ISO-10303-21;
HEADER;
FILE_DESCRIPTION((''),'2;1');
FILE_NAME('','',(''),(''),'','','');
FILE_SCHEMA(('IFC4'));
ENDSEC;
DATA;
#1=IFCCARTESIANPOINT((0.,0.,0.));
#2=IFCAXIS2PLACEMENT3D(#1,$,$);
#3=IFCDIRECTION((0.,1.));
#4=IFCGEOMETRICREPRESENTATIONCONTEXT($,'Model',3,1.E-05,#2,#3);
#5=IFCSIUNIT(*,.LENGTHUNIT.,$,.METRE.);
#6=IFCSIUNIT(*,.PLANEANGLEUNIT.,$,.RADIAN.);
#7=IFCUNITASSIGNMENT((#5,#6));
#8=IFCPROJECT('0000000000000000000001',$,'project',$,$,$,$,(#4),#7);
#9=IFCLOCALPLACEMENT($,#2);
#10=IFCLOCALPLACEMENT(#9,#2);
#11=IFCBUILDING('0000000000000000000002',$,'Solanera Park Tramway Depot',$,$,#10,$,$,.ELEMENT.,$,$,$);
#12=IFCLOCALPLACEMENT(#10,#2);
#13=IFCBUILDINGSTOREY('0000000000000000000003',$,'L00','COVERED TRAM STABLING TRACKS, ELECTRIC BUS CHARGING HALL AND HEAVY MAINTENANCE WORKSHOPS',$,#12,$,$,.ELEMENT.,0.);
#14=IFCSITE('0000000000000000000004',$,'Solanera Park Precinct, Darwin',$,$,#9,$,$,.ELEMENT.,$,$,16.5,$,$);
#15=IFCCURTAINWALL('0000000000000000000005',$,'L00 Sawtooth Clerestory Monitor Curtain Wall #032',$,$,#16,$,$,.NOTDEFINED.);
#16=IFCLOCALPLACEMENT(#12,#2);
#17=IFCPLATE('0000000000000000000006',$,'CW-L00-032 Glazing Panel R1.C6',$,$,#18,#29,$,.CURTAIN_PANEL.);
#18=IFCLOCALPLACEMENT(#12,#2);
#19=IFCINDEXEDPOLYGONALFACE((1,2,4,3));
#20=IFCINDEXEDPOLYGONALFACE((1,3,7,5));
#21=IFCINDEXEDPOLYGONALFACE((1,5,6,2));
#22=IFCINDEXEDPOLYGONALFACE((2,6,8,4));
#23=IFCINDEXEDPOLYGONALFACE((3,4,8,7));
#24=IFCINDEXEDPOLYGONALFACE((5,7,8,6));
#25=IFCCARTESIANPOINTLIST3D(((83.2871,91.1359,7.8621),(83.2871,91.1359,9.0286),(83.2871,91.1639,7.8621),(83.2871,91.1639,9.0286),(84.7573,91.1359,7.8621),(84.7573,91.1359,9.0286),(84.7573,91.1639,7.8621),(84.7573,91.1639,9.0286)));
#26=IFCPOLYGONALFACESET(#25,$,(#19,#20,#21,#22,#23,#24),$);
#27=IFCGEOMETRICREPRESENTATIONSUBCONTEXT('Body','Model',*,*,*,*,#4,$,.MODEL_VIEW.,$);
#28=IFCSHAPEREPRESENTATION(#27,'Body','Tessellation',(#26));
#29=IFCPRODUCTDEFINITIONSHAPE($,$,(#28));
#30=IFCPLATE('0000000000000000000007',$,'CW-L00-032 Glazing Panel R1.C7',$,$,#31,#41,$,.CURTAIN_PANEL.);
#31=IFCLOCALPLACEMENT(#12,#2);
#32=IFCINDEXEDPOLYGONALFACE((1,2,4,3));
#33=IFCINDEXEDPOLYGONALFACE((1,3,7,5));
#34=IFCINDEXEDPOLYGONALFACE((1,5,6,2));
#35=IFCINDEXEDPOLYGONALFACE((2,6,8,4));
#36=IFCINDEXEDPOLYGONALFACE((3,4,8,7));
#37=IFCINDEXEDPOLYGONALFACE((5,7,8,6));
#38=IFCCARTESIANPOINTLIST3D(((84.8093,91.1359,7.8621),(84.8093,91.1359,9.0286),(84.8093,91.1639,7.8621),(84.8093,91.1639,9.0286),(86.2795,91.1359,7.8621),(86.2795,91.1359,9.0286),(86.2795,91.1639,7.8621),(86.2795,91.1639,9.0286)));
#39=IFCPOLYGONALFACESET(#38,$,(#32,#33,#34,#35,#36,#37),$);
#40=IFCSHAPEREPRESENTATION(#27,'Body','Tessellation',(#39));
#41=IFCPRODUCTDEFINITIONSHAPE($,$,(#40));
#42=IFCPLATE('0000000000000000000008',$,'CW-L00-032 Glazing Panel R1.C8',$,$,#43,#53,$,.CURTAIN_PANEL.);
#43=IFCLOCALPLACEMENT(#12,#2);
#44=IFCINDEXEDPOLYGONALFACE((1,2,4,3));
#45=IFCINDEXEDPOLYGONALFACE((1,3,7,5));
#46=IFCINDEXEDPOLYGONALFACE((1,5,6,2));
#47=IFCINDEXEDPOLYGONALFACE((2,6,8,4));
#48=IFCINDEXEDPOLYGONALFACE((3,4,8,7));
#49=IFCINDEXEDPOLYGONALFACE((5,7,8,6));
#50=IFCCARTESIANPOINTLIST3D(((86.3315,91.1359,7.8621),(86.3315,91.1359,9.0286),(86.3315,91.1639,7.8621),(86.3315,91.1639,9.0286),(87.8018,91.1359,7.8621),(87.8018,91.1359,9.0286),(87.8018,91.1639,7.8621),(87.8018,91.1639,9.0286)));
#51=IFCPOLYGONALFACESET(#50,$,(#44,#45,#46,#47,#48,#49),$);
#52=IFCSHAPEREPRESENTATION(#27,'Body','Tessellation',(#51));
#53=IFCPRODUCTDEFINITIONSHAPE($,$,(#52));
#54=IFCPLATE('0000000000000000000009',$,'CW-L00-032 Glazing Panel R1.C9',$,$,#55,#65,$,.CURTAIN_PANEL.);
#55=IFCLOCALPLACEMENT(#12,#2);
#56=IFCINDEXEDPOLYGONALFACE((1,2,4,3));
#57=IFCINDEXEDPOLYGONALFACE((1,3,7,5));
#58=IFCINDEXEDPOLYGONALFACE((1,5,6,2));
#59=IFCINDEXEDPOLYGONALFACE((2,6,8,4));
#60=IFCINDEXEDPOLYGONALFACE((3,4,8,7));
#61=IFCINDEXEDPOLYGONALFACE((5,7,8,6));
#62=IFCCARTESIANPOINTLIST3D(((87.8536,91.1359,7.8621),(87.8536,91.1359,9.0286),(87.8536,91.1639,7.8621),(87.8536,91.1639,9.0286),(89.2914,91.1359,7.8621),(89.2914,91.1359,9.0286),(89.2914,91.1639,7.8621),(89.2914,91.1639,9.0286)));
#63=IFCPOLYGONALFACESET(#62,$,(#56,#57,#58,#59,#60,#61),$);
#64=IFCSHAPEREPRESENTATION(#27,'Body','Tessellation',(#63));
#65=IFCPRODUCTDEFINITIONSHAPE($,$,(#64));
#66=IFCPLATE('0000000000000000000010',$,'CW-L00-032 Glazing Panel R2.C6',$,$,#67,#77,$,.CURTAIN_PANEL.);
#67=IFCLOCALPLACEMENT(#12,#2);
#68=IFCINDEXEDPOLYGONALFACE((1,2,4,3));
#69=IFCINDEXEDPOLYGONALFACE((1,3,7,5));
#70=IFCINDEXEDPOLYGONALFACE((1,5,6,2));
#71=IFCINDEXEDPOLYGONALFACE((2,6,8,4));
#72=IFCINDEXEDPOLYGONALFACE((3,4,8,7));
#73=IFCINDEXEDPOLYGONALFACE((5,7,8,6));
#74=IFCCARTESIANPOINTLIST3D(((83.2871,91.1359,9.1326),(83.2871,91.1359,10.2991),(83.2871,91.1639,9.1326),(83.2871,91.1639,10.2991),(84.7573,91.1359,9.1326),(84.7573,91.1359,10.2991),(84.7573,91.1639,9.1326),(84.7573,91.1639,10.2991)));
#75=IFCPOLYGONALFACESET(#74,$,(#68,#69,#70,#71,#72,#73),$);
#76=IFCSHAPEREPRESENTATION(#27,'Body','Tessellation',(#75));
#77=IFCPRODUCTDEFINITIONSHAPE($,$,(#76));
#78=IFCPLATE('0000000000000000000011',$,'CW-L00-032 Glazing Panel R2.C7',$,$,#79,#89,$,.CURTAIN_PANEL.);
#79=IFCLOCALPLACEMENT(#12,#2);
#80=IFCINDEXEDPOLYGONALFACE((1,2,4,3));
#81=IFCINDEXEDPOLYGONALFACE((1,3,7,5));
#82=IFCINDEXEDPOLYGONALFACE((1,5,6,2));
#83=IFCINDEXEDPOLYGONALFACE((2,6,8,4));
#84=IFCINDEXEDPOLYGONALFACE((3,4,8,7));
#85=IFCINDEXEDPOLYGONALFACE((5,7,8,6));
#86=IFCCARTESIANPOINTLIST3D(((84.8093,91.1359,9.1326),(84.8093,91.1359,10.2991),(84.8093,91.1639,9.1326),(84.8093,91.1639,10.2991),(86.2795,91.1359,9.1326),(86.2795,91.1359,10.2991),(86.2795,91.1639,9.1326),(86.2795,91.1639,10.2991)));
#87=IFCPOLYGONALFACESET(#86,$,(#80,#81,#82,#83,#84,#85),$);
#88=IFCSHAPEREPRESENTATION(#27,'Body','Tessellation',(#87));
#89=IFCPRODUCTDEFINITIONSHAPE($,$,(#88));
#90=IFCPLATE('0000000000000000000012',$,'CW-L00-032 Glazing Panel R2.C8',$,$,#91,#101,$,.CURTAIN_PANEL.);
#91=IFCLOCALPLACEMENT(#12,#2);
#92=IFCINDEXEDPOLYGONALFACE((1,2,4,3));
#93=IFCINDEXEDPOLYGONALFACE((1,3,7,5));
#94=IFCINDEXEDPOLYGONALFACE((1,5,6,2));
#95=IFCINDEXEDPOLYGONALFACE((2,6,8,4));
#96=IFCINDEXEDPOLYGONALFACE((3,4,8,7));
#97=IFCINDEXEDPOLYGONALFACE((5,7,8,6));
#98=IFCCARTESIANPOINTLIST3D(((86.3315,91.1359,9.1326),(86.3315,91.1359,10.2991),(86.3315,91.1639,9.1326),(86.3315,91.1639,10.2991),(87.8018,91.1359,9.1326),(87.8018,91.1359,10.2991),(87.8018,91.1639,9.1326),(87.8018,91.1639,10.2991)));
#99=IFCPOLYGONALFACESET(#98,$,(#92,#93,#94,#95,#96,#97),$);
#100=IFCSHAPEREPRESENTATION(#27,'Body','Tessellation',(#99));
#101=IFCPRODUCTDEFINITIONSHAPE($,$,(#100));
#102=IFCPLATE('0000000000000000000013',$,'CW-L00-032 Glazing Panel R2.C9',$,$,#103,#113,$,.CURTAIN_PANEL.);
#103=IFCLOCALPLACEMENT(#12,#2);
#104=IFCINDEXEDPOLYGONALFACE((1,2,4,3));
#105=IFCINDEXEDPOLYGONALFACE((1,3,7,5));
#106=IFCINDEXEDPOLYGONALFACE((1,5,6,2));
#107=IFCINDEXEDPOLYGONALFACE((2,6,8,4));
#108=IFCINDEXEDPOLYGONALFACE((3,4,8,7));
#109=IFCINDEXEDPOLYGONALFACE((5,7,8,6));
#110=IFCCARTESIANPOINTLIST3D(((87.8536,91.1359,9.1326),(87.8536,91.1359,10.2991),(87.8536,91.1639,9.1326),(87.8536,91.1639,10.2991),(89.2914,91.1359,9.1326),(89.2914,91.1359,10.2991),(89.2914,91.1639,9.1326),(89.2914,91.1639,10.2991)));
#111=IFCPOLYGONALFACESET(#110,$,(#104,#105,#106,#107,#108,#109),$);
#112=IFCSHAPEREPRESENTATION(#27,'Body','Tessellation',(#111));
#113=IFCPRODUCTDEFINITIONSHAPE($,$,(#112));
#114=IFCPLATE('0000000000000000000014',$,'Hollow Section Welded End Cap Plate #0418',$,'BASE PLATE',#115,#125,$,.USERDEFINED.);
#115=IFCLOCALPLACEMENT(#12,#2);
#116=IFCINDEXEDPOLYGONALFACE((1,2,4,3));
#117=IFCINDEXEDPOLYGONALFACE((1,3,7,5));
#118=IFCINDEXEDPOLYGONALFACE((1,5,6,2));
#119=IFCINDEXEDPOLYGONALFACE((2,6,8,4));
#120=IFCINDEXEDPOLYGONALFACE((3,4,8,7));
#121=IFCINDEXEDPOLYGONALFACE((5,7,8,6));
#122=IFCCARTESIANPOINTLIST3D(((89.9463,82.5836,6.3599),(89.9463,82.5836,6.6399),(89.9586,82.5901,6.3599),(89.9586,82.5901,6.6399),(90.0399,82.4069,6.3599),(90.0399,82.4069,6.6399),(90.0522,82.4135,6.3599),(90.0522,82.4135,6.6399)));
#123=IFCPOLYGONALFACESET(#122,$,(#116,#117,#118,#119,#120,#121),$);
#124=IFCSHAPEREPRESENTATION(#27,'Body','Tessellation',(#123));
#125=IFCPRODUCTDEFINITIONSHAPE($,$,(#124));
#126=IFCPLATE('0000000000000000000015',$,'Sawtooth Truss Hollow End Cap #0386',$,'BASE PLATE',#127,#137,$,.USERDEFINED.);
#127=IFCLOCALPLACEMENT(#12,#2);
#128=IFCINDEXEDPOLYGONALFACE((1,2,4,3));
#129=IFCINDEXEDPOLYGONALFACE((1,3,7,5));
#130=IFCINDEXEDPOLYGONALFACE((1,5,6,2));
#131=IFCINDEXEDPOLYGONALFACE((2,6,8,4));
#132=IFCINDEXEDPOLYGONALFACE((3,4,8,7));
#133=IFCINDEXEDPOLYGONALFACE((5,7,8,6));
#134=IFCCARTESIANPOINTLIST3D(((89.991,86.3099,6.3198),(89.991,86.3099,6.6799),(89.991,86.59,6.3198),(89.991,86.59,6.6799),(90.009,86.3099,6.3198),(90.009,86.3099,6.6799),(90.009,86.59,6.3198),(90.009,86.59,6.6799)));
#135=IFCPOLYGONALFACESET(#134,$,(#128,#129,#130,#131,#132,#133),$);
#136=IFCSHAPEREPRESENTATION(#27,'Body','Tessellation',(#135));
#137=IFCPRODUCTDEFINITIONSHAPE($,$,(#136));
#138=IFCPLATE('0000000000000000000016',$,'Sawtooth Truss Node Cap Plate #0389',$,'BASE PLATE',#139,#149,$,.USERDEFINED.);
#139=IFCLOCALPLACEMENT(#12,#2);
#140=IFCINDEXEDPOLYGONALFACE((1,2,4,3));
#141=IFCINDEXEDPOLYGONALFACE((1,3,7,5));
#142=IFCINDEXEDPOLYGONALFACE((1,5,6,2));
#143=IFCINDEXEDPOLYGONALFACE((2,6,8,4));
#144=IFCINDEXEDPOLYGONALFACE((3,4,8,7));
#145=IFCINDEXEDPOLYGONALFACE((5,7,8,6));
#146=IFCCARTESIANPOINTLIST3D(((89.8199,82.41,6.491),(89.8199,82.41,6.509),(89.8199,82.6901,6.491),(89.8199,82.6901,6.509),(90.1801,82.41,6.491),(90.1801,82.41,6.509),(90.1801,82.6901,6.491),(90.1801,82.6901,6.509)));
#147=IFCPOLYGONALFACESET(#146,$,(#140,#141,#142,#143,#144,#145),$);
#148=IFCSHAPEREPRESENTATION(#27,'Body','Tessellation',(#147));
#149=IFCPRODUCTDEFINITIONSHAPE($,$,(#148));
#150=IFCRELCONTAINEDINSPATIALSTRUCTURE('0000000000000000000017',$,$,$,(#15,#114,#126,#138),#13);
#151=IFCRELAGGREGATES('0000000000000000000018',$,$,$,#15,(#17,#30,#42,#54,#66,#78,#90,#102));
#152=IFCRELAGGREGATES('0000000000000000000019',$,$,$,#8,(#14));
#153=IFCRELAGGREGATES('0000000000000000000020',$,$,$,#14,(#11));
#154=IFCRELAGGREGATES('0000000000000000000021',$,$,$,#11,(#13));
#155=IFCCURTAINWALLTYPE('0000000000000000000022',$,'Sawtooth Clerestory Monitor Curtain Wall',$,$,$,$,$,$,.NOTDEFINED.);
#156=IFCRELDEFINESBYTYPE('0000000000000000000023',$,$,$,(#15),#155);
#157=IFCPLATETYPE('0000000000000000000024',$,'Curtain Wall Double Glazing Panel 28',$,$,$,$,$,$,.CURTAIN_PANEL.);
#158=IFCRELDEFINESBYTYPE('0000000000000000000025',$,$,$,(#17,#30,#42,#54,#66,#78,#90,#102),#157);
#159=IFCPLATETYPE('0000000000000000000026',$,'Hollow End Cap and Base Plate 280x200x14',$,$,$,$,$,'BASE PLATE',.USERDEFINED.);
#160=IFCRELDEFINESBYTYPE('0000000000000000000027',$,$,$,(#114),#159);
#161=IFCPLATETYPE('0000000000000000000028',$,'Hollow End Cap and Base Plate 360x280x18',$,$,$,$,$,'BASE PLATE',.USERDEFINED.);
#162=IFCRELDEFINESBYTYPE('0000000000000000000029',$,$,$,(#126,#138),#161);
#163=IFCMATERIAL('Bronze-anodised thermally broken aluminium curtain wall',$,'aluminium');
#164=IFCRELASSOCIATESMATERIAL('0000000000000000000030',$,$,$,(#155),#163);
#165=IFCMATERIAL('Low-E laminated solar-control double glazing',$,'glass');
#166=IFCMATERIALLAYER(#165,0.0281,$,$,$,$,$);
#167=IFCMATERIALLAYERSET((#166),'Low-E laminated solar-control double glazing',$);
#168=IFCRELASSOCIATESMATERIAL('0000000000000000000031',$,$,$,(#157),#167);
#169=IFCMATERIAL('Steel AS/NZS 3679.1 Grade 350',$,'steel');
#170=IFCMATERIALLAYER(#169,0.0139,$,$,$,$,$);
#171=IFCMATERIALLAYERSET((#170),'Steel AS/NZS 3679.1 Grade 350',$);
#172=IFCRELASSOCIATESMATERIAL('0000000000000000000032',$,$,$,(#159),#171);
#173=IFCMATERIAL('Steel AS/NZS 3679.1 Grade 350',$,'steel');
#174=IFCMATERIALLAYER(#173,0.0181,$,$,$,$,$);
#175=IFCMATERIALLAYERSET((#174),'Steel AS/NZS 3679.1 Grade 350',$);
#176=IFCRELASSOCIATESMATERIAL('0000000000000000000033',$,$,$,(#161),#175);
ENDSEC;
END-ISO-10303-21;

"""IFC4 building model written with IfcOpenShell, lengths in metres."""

from ifc_helpers import new_model, si_unit, direction, frame, origin, origin_2d, place, context, subcontext, project, spatial, rectangle, extrude, material, layer, layer_set, type_object, element, aggregate, save


model = new_model("IFC4")

# Units and contexts
model_context = context("Model", 3, precision=1e-05, world=origin(), true_north=direction((0.0, 1.0)))
body_context = subcontext(model_context, "Body", "Model", "MODEL_VIEW")
ifc_project = project(units=[si_unit("LENGTHUNIT", "METRE"), si_unit("PLANEANGLEUNIT", "RADIAN")], contexts=[model_context])

# Site, building, storey
site_placement = place(None, origin())
site = spatial("IfcSite", under=ifc_project, at=site_placement, Name="Solanera Park Precinct, Darwin", CompositionType="ELEMENT", RefElevation=16.5)
building_placement = place(site_placement, origin())
building = spatial("IfcBuilding", under=site, at=building_placement, Name="Solanera Park Tramway Depot", CompositionType="ELEMENT")
storey_placement = place(building_placement, origin())
storey = spatial("IfcBuildingStorey", under=building, at=storey_placement, Name="L00", Description="COVERED TRAM STABLING TRACKS, ELECTRIC BUS CHARGING HALL AND HEAVY MAINTENANCE WORKSHOPS", CompositionType="ELEMENT", Elevation=0.0)

# Curtain wall
ifc_material_1 = material(Name="Bronze-anodised thermally broken aluminium curtain wall", Category="aluminium")
curtain_wall_type = type_object("IfcCurtainWallType", Name="Sawtooth Clerestory Monitor Curtain Wall", PredefinedType="NOTDEFINED", material=ifc_material_1)
curtain_wall_placement = place(storey_placement, origin())
curtain_wall = element("IfcCurtainWall", 1, at=curtain_wall_placement, inside=storey, type_object=curtain_wall_type, Name="L00 Sawtooth Clerestory Monitor Curtain Wall #032", PredefinedType="NOTDEFINED")

# Plates
ifc_material_2 = material(Name="Low-E laminated solar-control double glazing", Category="glass")
ifc_layer_1 = layer(ifc_material_2, 0.0281)
ifc_layer_set_1 = layer_set([ifc_layer_1], Name="Low-E laminated solar-control double glazing")
plate_type_1 = type_object("IfcPlateType", Name="Curtain Wall Double Glazing Panel 28", PredefinedType="CURTAIN_PANEL", material=ifc_layer_set_1)
plate_1_placement = place(storey_placement, frame((84.0222, 91.1499, 7.8621), z_axis=(0.0, 0.0, 1.0), x_axis=(1.0, 0.0, 0.0)))
plate_1 = element("IfcPlate", 2, at=plate_1_placement, type_object=plate_type_1, Name="CW-L00-032 Glazing Panel R1.C6", PredefinedType="CURTAIN_PANEL", context=body_context, shape_type="SweptSolid", body=[
    extrude(rectangle(XDim=1.4702, YDim=0.0281, at=origin_2d()), origin(), (0.0, 0.0, 1.0), 1.1665),
])
plate_2_placement = place(storey_placement, frame((85.5444, 91.1499, 7.8621), z_axis=(0.0, 0.0, 1.0), x_axis=(1.0, 0.0, 0.0)))
plate_2 = element("IfcPlate", 3, at=plate_2_placement, type_object=plate_type_1, Name="CW-L00-032 Glazing Panel R1.C7", PredefinedType="CURTAIN_PANEL", context=body_context, shape_type="SweptSolid", body=[
    extrude(rectangle(XDim=1.4702, YDim=0.0281, at=origin_2d()), origin(), (0.0, 0.0, 1.0), 1.1665),
])
plate_3_placement = place(storey_placement, frame((87.0667, 91.1499, 7.8621), z_axis=(0.0, 0.0, 1.0), x_axis=(1.0, 0.0, 0.0)))
plate_3 = element("IfcPlate", 4, at=plate_3_placement, type_object=plate_type_1, Name="CW-L00-032 Glazing Panel R1.C8", PredefinedType="CURTAIN_PANEL", context=body_context, shape_type="SweptSolid", body=[
    extrude(rectangle(XDim=1.4702, YDim=0.0281, at=origin_2d()), origin(), (0.0, 0.0, 1.0), 1.1665),
])
plate_4_placement = place(storey_placement, frame((88.5725, 91.1499, 7.8621), z_axis=(0.0, 0.0, 1.0), x_axis=(1.0, 0.0, 0.0)))
plate_4 = element("IfcPlate", 5, at=plate_4_placement, type_object=plate_type_1, Name="CW-L00-032 Glazing Panel R1.C9", PredefinedType="CURTAIN_PANEL", context=body_context, shape_type="SweptSolid", body=[
    extrude(rectangle(XDim=1.4377, YDim=0.0281, at=origin_2d()), origin(), (0.0, 0.0, 1.0), 1.1665),
])
plate_5_placement = place(storey_placement, frame((84.0222, 91.1499, 9.1326), z_axis=(0.0, 0.0, 1.0), x_axis=(1.0, 0.0, 0.0)))
plate_5 = element("IfcPlate", 6, at=plate_5_placement, type_object=plate_type_1, Name="CW-L00-032 Glazing Panel R2.C6", PredefinedType="CURTAIN_PANEL", context=body_context, shape_type="SweptSolid", body=[
    extrude(rectangle(XDim=1.4702, YDim=0.0281, at=origin_2d()), origin(), (0.0, 0.0, 1.0), 1.1665),
])
plate_6_placement = place(storey_placement, frame((85.5444, 91.1499, 9.1326), z_axis=(0.0, 0.0, 1.0), x_axis=(1.0, 0.0, 0.0)))
plate_6 = element("IfcPlate", 7, at=plate_6_placement, type_object=plate_type_1, Name="CW-L00-032 Glazing Panel R2.C7", PredefinedType="CURTAIN_PANEL", context=body_context, shape_type="SweptSolid", body=[
    extrude(rectangle(XDim=1.4702, YDim=0.0281, at=origin_2d()), origin(), (0.0, 0.0, 1.0), 1.1665),
])
plate_7_placement = place(storey_placement, frame((87.0667, 91.1499, 9.1326), z_axis=(0.0, 0.0, 1.0), x_axis=(1.0, 0.0, 0.0)))
plate_7 = element("IfcPlate", 8, at=plate_7_placement, type_object=plate_type_1, Name="CW-L00-032 Glazing Panel R2.C8", PredefinedType="CURTAIN_PANEL", context=body_context, shape_type="SweptSolid", body=[
    extrude(rectangle(XDim=1.4702, YDim=0.0281, at=origin_2d()), origin(), (0.0, 0.0, 1.0), 1.1665),
])
plate_8_placement = place(storey_placement, frame((88.5725, 91.1499, 9.1326), z_axis=(0.0, 0.0, 1.0), x_axis=(1.0, 0.0, 0.0)))
plate_8 = element("IfcPlate", 9, at=plate_8_placement, type_object=plate_type_1, Name="CW-L00-032 Glazing Panel R2.C9", PredefinedType="CURTAIN_PANEL", context=body_context, shape_type="SweptSolid", body=[
    extrude(rectangle(XDim=1.4377, YDim=0.0281, at=origin_2d()), origin(), (0.0, 0.0, 1.0), 1.1665),
])
aggregate(curtain_wall, [plate_1, plate_2, plate_3, plate_4, plate_5, plate_6, plate_7, plate_8])

# Plates
ifc_material_3 = material(Name="Steel AS/NZS 3679.1 Grade 350", Category="steel")
ifc_layer_2 = layer(ifc_material_3, 0.0139)
ifc_layer_set_2 = layer_set([ifc_layer_2], Name="Steel AS/NZS 3679.1 Grade 350")
plate_type_2 = type_object("IfcPlateType", Name="Hollow End Cap and Base Plate 280x200x14", ElementType="BASE PLATE", PredefinedType="USERDEFINED", material=ifc_layer_set_2)
plate_9_placement = place(storey_placement, frame((89.9993, 82.4985, 6.3599), z_axis=(0.0, 0.0, 1.0), x_axis=(0.883521, 0.468392, 0.0)))
element("IfcPlate", 10, at=plate_9_placement, inside=storey, type_object=plate_type_2, Name="Hollow Section Welded End Cap Plate #0418", ObjectType="BASE PLATE", PredefinedType="USERDEFINED", context=body_context, shape_type="SweptSolid", body=[
    extrude(rectangle(XDim=0.0139, YDim=0.2, at=origin_2d()), origin(), (0.0, 0.0, 1.0), 0.28),
])
ifc_material_4 = material(Name="Steel AS/NZS 3679.1 Grade 350", Category="steel")
ifc_layer_3 = layer(ifc_material_4, 0.0181)
ifc_layer_set_3 = layer_set([ifc_layer_3], Name="Steel AS/NZS 3679.1 Grade 350")
plate_type_3 = type_object("IfcPlateType", Name="Hollow End Cap and Base Plate 360x280x18", ElementType="BASE PLATE", PredefinedType="USERDEFINED", material=ifc_layer_set_3)
plate_10_placement = place(storey_placement, frame((90.0, 86.45, 6.3198), z_axis=(0.0, 0.0, 1.0), x_axis=(1.0, 0.0, 0.0)))
element("IfcPlate", 11, at=plate_10_placement, inside=storey, type_object=plate_type_3, Name="Sawtooth Truss Hollow End Cap #0386", ObjectType="BASE PLATE", PredefinedType="USERDEFINED", context=body_context, shape_type="SweptSolid", body=[
    extrude(rectangle(XDim=0.0181, YDim=0.28, at=origin_2d()), origin(), (0.0, 0.0, 1.0), 0.3601),
])
plate_11_placement = place(storey_placement, frame((90.0, 82.55, 6.491), z_axis=(0.0, 0.0, 1.0), x_axis=(1.0, 0.0, 0.0)))
element("IfcPlate", 12, at=plate_11_placement, inside=storey, type_object=plate_type_3, Name="Sawtooth Truss Node Cap Plate #0389", ObjectType="BASE PLATE", PredefinedType="USERDEFINED", context=body_context, shape_type="SweptSolid", body=[
    extrude(rectangle(XDim=0.3601, YDim=0.28, at=origin_2d()), origin(), (0.0, 0.0, 1.0), 0.0181),
])

save(model, "model.ifc")
